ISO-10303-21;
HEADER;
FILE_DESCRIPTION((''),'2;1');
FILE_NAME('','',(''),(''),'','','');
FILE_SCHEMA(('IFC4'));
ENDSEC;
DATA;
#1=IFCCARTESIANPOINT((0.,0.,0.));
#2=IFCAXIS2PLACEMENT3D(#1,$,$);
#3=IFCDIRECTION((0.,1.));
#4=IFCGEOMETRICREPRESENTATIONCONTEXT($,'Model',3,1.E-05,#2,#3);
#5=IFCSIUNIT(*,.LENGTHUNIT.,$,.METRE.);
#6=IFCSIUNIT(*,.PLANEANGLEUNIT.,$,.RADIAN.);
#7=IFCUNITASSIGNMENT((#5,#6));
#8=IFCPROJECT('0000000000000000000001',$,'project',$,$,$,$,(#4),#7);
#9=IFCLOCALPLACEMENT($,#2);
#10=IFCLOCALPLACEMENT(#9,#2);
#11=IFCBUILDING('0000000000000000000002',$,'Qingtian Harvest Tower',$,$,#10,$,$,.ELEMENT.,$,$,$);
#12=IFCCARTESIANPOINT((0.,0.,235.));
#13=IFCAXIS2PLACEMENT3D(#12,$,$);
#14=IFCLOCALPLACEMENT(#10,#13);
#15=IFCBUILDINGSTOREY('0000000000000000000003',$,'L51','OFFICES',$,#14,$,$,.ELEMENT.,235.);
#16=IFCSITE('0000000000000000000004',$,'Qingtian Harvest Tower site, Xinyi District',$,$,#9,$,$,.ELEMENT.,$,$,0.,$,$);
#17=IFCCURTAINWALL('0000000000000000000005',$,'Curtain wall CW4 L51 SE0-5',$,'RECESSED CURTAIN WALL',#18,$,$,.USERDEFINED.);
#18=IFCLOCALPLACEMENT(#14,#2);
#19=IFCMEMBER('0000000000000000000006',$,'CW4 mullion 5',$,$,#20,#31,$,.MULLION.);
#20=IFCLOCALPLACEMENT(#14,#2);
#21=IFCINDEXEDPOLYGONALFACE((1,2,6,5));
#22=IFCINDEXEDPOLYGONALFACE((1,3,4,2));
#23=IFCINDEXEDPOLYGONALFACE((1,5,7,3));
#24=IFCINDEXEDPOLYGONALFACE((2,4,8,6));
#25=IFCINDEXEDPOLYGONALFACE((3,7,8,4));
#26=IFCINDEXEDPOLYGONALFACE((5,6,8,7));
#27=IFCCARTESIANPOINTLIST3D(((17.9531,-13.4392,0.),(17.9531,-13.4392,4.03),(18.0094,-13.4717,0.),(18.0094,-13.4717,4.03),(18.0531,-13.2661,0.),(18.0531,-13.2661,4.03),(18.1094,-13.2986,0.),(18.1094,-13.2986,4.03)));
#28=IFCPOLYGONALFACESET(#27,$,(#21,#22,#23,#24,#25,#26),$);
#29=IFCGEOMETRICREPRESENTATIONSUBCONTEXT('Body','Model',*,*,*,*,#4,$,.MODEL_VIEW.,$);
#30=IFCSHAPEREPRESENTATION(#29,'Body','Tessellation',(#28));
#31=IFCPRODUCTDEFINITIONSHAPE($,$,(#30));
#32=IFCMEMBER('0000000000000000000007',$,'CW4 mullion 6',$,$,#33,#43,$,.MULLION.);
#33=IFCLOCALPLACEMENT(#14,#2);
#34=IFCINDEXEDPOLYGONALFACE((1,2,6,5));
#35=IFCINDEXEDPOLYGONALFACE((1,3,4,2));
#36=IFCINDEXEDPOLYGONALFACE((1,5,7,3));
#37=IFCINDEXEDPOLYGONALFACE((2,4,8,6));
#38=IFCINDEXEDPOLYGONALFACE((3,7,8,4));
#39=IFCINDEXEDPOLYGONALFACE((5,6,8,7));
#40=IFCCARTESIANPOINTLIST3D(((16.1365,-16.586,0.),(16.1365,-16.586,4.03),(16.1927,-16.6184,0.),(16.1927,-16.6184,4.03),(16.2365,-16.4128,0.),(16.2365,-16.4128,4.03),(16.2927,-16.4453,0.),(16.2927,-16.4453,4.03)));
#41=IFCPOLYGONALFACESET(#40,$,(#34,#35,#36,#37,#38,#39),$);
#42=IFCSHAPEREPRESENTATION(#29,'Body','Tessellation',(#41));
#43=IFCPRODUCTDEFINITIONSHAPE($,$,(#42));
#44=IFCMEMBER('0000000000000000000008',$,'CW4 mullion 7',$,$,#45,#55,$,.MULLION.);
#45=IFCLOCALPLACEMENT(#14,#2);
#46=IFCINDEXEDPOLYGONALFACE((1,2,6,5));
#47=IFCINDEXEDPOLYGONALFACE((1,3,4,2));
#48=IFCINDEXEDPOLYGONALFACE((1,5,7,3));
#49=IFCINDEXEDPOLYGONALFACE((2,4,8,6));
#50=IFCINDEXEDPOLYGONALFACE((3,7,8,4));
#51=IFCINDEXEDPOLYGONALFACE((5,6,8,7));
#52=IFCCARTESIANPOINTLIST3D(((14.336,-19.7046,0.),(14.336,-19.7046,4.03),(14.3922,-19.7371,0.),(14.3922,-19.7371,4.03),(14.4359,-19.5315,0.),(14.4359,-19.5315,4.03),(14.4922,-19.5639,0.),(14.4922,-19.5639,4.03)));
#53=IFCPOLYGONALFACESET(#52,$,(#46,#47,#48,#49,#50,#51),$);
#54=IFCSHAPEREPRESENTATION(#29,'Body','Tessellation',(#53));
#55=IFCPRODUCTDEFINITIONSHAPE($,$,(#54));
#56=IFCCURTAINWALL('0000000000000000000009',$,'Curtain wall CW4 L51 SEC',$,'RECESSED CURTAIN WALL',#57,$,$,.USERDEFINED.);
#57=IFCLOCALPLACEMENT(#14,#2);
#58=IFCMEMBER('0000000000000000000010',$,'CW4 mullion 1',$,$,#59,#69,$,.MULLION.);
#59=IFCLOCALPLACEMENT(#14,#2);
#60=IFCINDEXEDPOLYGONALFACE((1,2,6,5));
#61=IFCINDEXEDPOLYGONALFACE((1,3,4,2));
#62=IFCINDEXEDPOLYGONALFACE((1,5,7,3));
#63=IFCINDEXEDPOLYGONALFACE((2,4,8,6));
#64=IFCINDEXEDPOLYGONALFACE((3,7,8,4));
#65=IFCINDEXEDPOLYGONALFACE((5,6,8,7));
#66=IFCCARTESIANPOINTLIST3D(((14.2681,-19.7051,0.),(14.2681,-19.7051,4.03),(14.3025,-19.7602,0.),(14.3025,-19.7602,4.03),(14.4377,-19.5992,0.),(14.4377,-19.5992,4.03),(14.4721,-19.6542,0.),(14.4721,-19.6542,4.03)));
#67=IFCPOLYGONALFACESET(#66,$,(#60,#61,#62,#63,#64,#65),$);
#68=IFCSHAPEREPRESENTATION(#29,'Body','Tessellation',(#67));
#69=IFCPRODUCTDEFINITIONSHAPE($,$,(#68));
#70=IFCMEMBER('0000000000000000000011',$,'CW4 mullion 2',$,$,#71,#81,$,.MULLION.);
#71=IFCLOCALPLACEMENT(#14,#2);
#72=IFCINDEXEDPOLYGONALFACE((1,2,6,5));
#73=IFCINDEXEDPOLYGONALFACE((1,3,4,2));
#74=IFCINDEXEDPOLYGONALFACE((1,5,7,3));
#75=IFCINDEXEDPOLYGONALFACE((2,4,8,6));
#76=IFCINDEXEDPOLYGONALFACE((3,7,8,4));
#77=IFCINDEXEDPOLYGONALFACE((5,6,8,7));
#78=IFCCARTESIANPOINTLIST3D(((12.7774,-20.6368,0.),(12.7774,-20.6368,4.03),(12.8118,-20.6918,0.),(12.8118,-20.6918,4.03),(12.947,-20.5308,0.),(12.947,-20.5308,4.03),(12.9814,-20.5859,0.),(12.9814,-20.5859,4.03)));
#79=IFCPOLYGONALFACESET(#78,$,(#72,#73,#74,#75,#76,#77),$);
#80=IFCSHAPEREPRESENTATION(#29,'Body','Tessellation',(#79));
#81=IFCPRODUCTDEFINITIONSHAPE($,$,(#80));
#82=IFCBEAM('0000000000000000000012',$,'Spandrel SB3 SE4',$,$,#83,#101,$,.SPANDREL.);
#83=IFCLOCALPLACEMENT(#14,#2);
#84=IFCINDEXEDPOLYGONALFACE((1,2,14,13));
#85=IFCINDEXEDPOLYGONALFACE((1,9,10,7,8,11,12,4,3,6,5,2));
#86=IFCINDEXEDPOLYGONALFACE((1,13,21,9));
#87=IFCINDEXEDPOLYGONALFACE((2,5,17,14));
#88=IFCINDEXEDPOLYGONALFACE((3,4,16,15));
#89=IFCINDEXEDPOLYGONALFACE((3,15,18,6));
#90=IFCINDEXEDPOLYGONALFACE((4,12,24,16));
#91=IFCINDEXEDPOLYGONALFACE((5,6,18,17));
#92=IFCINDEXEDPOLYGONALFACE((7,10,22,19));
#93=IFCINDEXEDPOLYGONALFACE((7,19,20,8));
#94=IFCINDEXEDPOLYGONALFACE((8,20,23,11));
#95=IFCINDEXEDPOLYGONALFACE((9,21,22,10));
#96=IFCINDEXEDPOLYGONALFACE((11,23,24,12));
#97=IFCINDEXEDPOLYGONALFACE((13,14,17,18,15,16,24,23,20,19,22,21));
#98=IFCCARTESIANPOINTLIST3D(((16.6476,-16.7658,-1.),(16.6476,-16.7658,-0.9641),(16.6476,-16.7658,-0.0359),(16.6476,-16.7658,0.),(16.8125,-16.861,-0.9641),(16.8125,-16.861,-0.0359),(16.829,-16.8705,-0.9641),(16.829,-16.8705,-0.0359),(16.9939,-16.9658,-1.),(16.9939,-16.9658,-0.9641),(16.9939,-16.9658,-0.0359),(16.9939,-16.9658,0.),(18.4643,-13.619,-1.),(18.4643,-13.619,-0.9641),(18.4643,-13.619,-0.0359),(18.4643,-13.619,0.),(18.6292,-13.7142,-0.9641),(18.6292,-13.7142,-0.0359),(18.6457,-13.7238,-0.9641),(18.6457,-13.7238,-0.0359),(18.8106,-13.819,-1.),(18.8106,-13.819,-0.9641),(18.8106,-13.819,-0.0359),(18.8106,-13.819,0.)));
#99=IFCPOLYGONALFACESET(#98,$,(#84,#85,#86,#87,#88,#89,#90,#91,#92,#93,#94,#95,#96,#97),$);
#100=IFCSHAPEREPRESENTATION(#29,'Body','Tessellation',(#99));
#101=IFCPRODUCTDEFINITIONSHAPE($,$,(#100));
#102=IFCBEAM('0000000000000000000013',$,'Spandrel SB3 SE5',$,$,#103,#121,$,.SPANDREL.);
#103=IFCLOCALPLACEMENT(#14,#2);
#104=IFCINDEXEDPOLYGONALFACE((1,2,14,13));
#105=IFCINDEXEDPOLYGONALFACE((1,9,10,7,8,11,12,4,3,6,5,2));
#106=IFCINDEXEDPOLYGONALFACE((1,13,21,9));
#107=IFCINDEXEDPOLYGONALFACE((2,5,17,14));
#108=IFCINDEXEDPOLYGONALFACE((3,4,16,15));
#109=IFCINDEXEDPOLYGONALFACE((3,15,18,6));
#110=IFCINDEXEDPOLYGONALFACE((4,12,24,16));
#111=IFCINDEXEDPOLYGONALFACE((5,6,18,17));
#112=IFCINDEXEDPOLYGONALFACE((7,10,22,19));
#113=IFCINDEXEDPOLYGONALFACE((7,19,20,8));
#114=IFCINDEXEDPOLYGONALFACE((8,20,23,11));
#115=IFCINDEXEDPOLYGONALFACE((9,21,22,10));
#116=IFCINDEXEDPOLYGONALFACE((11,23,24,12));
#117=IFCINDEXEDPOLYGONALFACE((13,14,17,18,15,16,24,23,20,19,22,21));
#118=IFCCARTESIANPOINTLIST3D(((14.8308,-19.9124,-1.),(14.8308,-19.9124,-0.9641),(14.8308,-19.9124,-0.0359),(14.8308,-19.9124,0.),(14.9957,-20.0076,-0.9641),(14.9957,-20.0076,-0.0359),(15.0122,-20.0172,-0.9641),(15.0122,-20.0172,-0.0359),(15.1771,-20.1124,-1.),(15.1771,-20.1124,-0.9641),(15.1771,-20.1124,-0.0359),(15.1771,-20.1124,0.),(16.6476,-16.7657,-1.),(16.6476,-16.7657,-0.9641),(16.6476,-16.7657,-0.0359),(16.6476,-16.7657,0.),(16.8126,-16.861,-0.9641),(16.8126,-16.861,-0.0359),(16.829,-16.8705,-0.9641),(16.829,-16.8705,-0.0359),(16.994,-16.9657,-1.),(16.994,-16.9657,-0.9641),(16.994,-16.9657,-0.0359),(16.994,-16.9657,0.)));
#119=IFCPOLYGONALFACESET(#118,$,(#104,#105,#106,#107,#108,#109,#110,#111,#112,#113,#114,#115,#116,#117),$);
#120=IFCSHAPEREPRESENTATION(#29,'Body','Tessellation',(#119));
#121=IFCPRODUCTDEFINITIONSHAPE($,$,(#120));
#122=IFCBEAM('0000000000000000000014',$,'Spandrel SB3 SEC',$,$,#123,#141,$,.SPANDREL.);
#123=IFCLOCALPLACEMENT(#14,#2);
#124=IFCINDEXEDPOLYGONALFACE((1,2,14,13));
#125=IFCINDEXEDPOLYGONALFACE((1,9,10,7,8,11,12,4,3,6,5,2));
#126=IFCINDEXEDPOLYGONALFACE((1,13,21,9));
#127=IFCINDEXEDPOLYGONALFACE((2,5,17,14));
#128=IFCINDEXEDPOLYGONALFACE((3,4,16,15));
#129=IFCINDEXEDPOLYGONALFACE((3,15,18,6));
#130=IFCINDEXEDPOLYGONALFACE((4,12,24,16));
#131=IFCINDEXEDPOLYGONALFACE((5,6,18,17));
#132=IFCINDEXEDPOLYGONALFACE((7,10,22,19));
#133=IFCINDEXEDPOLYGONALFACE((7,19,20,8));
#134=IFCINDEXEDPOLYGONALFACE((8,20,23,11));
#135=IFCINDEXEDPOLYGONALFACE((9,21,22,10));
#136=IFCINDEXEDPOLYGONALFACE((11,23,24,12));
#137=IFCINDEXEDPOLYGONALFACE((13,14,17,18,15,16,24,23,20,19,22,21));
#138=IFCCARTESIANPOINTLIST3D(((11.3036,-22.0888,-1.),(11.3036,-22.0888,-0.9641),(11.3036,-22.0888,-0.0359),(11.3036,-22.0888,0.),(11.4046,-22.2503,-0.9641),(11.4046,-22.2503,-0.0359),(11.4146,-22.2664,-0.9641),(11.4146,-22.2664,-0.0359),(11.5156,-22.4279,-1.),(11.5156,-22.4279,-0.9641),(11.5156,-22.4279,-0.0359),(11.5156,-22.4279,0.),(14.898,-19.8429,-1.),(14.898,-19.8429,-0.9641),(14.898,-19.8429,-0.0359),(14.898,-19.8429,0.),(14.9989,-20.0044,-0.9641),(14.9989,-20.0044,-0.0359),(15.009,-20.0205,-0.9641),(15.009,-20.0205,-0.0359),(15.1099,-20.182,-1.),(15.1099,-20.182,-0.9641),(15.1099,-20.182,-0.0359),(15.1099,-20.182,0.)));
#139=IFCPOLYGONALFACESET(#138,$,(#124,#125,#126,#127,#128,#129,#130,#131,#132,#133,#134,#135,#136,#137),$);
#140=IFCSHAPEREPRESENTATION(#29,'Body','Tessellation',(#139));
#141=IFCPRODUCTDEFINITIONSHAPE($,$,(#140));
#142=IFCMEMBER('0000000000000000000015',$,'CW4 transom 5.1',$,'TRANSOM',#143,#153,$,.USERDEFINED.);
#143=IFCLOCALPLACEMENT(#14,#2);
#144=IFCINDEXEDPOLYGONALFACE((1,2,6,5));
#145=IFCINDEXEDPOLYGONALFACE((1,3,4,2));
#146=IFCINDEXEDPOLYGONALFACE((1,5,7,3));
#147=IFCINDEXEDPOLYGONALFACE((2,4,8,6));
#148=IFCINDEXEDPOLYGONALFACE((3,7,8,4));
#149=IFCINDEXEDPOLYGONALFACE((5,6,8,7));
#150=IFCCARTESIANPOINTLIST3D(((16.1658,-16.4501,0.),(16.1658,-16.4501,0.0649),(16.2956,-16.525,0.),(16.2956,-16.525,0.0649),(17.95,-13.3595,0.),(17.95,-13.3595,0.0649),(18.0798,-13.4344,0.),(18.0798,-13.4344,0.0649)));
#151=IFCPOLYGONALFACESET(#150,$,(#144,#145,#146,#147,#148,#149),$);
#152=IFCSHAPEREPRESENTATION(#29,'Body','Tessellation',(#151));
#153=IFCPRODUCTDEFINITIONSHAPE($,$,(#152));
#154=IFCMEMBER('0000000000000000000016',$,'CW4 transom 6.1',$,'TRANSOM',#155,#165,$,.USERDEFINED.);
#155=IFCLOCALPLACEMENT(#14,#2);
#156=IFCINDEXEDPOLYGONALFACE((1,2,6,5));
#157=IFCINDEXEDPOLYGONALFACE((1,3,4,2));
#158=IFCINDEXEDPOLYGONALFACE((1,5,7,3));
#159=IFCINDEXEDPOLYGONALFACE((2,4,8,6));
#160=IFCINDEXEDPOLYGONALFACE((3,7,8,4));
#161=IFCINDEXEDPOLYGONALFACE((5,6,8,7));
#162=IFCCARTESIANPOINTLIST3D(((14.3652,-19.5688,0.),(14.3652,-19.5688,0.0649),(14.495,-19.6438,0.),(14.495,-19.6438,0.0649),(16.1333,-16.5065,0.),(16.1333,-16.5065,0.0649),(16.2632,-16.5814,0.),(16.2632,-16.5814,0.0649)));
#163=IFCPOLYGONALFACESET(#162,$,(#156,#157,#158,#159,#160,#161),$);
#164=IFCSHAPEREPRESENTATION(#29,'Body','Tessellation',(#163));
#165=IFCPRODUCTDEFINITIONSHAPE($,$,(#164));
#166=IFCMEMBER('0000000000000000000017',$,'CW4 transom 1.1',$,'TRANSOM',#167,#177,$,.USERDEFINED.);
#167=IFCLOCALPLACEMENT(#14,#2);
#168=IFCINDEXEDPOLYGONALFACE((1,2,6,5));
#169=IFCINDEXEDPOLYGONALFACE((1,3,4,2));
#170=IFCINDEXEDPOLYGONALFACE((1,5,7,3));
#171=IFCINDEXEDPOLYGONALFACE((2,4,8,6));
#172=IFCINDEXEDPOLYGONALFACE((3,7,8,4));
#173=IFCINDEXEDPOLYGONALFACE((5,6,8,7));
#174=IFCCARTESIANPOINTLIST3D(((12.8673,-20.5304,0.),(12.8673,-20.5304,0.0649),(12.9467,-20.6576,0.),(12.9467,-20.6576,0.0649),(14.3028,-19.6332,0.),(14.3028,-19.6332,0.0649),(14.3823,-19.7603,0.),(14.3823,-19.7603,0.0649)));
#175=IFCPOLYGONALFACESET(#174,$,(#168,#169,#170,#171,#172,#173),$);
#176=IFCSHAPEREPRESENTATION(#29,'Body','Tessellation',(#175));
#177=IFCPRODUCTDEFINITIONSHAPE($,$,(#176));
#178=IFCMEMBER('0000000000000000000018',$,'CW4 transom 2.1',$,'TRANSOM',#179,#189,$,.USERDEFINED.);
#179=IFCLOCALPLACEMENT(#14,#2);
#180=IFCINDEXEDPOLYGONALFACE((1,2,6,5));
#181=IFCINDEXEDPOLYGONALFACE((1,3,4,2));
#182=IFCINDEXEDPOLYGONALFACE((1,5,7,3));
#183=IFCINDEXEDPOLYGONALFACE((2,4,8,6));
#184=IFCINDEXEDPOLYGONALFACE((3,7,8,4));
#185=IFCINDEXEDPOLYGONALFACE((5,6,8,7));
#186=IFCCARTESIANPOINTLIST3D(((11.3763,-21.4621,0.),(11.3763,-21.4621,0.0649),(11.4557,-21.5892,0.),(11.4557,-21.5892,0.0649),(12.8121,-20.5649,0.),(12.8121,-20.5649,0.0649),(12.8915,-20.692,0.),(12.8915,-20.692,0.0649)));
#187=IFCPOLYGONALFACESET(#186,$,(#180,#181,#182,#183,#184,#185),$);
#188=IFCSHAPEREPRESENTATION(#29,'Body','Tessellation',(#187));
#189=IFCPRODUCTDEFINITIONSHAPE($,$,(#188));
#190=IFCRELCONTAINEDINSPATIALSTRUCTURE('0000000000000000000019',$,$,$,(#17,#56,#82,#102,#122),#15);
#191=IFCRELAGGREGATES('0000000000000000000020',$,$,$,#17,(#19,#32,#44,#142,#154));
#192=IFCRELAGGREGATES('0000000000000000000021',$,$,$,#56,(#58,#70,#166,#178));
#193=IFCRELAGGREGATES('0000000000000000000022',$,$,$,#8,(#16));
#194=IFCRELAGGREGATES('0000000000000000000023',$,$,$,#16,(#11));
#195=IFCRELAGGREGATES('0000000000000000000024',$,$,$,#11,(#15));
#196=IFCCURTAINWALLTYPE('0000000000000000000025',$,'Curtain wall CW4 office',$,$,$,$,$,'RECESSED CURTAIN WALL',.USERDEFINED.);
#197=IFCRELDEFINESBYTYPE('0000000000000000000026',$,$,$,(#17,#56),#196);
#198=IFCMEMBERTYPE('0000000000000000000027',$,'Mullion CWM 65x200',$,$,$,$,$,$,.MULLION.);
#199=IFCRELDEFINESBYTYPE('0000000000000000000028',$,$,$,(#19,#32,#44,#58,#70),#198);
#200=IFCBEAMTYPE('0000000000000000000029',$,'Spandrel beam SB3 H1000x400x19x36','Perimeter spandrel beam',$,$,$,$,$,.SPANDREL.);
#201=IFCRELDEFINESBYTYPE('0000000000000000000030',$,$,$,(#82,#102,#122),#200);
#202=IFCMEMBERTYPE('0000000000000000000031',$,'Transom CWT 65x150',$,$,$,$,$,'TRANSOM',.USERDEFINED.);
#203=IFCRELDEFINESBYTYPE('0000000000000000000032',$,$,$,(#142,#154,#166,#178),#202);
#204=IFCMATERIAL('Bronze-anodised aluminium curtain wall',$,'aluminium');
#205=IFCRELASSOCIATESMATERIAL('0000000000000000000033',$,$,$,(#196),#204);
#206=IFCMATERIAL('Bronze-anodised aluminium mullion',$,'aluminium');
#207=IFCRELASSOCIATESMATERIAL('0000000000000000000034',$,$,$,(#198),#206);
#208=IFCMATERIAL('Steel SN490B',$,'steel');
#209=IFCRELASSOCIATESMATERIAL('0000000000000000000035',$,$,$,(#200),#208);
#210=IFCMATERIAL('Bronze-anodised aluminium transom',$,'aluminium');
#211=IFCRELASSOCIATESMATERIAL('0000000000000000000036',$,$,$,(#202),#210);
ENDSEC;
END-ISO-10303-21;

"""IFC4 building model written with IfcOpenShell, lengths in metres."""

from ifc_helpers import new_model, si_unit, direction, frame, origin, origin_2d, place, context, subcontext, project, spatial, rectangle, i_section, extrude, material, material_profile, profile_set, type_object, element, aggregate, save


model = new_model("IFC4")

# Units and contexts
model_context = context("Model", 3, precision=1e-05, world=origin(), true_north=direction((0.0, 1.0)))
body_context = subcontext(model_context, "Body", "Model", "MODEL_VIEW")
ifc_project = project(units=[si_unit("LENGTHUNIT", "METRE"), si_unit("PLANEANGLEUNIT", "RADIAN")], contexts=[model_context])

# Site, building, storey
site_placement = place(None, origin())
site = spatial("IfcSite", under=ifc_project, at=site_placement, Name="Qingtian Harvest Tower site, Xinyi District", CompositionType="ELEMENT", RefElevation=0.0)
building_placement = place(site_placement, origin())
building = spatial("IfcBuilding", under=site, at=building_placement, Name="Qingtian Harvest Tower", CompositionType="ELEMENT")
storey_placement = place(building_placement, frame((0.0, 0.0, 235.0)))
storey = spatial("IfcBuildingStorey", under=building, at=storey_placement, Name="L51", Description="OFFICES", CompositionType="ELEMENT", Elevation=235.0)

# Curtain walls, members
ifc_material_1 = material(Name="Bronze-anodised aluminium curtain wall", Category="aluminium")
curtain_wall_type = type_object("IfcCurtainWallType", Name="Curtain wall CW4 office", ElementType="RECESSED CURTAIN WALL", PredefinedType="USERDEFINED", material=ifc_material_1)
curtain_wall_1_placement = place(storey_placement, origin())
curtain_wall_1 = element("IfcCurtainWall", 1, at=curtain_wall_1_placement, inside=storey, type_object=curtain_wall_type, Name="Curtain wall CW4 L51 SE0-5", ObjectType="RECESSED CURTAIN WALL", PredefinedType="USERDEFINED")
ifc_material_2 = material(Name="Bronze-anodised aluminium mullion", Category="aluminium")
ifc_material_profile_1 = material_profile(ifc_material_2, rectangle(XDim=0.0649, YDim=0.2, at=origin_2d()), Name="AL 65x200")
ifc_profile_set_1 = profile_set([ifc_material_profile_1], Name="Bronze-anodised aluminium mullion")
member_type_1 = type_object("IfcMemberType", Name="Mullion CWM 65x200", PredefinedType="MULLION", material=ifc_profile_set_1)
member_1_placement = place(storey_placement, frame((18.0312, -13.3689, 0.0), z_axis=(0.0, 0.0, 1.0), x_axis=(0.866025, -0.5, 0.0)))
member_1 = element("IfcMember", 2, at=member_1_placement, type_object=member_type_1, Name="CW4 mullion 5", PredefinedType="MULLION", context=body_context, shape_type="SweptSolid", body=[
    extrude(rectangle(XDim=0.0649, YDim=0.2, at=origin_2d()), origin(), (0.0, 0.0, 1.0), 4.03),
])
member_2_placement = place(storey_placement, frame((16.2146, -16.5156, 0.0), z_axis=(0.0, 0.0, 1.0), x_axis=(0.866025, -0.5, 0.0)))
member_2 = element("IfcMember", 3, at=member_2_placement, type_object=member_type_1, Name="CW4 mullion 6", PredefinedType="MULLION", context=body_context, shape_type="SweptSolid", body=[
    extrude(rectangle(XDim=0.0649, YDim=0.2, at=origin_2d()), origin(), (0.0, 0.0, 1.0), 4.03),
])
member_3_placement = place(storey_placement, frame((14.4141, -19.6343, 0.0), z_axis=(0.0, 0.0, 1.0), x_axis=(0.866025, -0.5, 0.0)))
member_3 = element("IfcMember", 4, at=member_3_placement, type_object=member_type_1, Name="CW4 mullion 7", PredefinedType="MULLION", context=body_context, shape_type="SweptSolid", body=[
    extrude(rectangle(XDim=0.0649, YDim=0.2, at=origin_2d()), origin(), (0.0, 0.0, 1.0), 4.03),
])
curtain_wall_2_placement = place(storey_placement, origin())
curtain_wall_2 = element("IfcCurtainWall", 5, at=curtain_wall_2_placement, inside=storey, type_object=curtain_wall_type, Name="Curtain wall CW4 L51 SEC", ObjectType="RECESSED CURTAIN WALL", PredefinedType="USERDEFINED")
member_4_placement = place(storey_placement, frame((14.3701, -19.6797, 0.0), z_axis=(0.0, 0.0, 1.0), x_axis=(0.529919, -0.848048, 0.0)))
member_4 = element("IfcMember", 6, at=member_4_placement, type_object=member_type_1, Name="CW4 mullion 1", PredefinedType="MULLION", context=body_context, shape_type="SweptSolid", body=[
    extrude(rectangle(XDim=0.0649, YDim=0.2, at=origin_2d()), origin(), (0.0, 0.0, 1.0), 4.03),
])
member_5_placement = place(storey_placement, frame((12.8794, -20.6113, 0.0), z_axis=(0.0, 0.0, 1.0), x_axis=(0.529919, -0.848048, 0.0)))
member_5 = element("IfcMember", 7, at=member_5_placement, type_object=member_type_1, Name="CW4 mullion 2", PredefinedType="MULLION", context=body_context, shape_type="SweptSolid", body=[
    extrude(rectangle(XDim=0.0649, YDim=0.2, at=origin_2d()), origin(), (0.0, 0.0, 1.0), 4.03),
])

# Beams
ifc_material_3 = material(Name="Steel SN490B", Category="steel")
ifc_material_profile_2 = material_profile(ifc_material_3, i_section(OverallWidth=0.3999, OverallDepth=1.0, WebThickness=0.019, FlangeThickness=0.0359, at=origin_2d()), Name="H1000x400x19x36")
ifc_profile_set_2 = profile_set([ifc_material_profile_2], Name="Steel SN490B")
beam_type_1 = type_object("IfcBeamType", Name="Spandrel beam SB3 H1000x400x19x36", Description="Perimeter spandrel beam", PredefinedType="SPANDREL", material=ifc_profile_set_2)
for number, where, z_axis, x_axis, name in (
    (8, (18.6375, -13.719, -0.5), (-0.499976, -0.866039, 0.0), (0.866039, -0.499976, 0.0), "Spandrel SB3 SE4"),
    (9, (16.8208, -16.8657, -0.5), (-0.500027, -0.86601, 0.0), (0.86601, -0.500027, 0.0), "Spandrel SB3 SE5"),
):
    element("IfcBeam", number, at=place(storey_placement, frame(where, z_axis=z_axis, x_axis=x_axis)), inside=storey, type_object=beam_type_1, Name=name, PredefinedType="SPANDREL", context=body_context, shape_type="SweptSolid", body=[
        extrude(i_section(OverallWidth=0.3999, OverallDepth=1.0, WebThickness=0.019, FlangeThickness=0.0359, at=origin_2d()), origin(), (0.0, 0.0, 1.0), 3.6335),
    ])
beam_1_placement = place(storey_placement, frame((15.0039, -20.0125, -0.5), z_axis=(-0.848057, -0.529906, 0.0), x_axis=(0.529906, -0.848057, 0.0)))
element("IfcBeam", 10, at=beam_1_placement, inside=storey, type_object=beam_type_1, Name="Spandrel SB3 SEC", PredefinedType="SPANDREL", context=body_context, shape_type="SweptSolid", body=[
    extrude(i_section(OverallWidth=0.3999, OverallDepth=1.0, WebThickness=0.019, FlangeThickness=0.0359, at=origin_2d()), origin(), (0.0, 0.0, 1.0), 4.2383),
])

# Members
ifc_material_4 = material(Name="Bronze-anodised aluminium transom", Category="aluminium")
ifc_material_profile_3 = material_profile(ifc_material_4, rectangle(XDim=0.1499, YDim=0.0649, at=origin_2d()), Name="AL 65x150")
ifc_profile_set_3 = profile_set([ifc_material_profile_3], Name="Bronze-anodised aluminium transom")
member_type_2 = type_object("IfcMemberType", Name="Transom CWT 65x150", ElementType="TRANSOM", PredefinedType="USERDEFINED", material=ifc_profile_set_3)
member_6_placement = place(storey_placement, frame((18.0149, -13.397, 0.0325), z_axis=(-0.499965, -0.866045, 0.0), x_axis=(0.866045, -0.499965, 0.0)))
member_6 = element("IfcMember", 11, at=member_6_placement, type_object=member_type_2, Name="CW4 transom 5.1", ObjectType="TRANSOM", PredefinedType="USERDEFINED", context=body_context, shape_type="SweptSolid", body=[
    extrude(rectangle(XDim=0.1499, YDim=0.0649, at=origin_2d()), origin(), (0.0, 0.0, 1.0), 3.5686),
])
member_7_placement = place(storey_placement, frame((16.1982, -16.5439, 0.0325), z_axis=(-0.500015, -0.866017, 0.0), x_axis=(0.866017, -0.500015, 0.0)))
member_7 = element("IfcMember", 12, at=member_7_placement, type_object=member_type_2, Name="CW4 transom 6.1", ObjectType="TRANSOM", PredefinedType="USERDEFINED", context=body_context, shape_type="SweptSolid", body=[
    extrude(rectangle(XDim=0.1499, YDim=0.0649, at=origin_2d()), origin(), (0.0, 0.0, 1.0), 3.5361),
])
member_8_placement = place(storey_placement, frame((14.3425, -19.6968, 0.0325), z_axis=(-0.847998, -0.529999, 0.0), x_axis=(0.529999, -0.847998, 0.0)))
member_8 = element("IfcMember", 13, at=member_8_placement, type_object=member_type_2, Name="CW4 transom 1.1", ObjectType="TRANSOM", PredefinedType="USERDEFINED", context=body_context, shape_type="SweptSolid", body=[
    extrude(rectangle(XDim=0.1499, YDim=0.0649, at=origin_2d()), origin(), (0.0, 0.0, 1.0), 1.6929),
])
member_9_placement = place(storey_placement, frame((12.8518, -20.6284, 0.0325), z_axis=(-0.848039, -0.529934, 0.0), x_axis=(0.529934, -0.848039, 0.0)))
member_9 = element("IfcMember", 14, at=member_9_placement, type_object=member_type_2, Name="CW4 transom 2.1", ObjectType="TRANSOM", PredefinedType="USERDEFINED", context=body_context, shape_type="SweptSolid", body=[
    extrude(rectangle(XDim=0.1499, YDim=0.0649, at=origin_2d()), origin(), (0.0, 0.0, 1.0), 1.6931),
])

aggregate(curtain_wall_1, [member_1, member_2, member_3, member_6, member_7])
aggregate(curtain_wall_2, [member_4, member_5, member_8, member_9])

save(model, "model.ifc")
